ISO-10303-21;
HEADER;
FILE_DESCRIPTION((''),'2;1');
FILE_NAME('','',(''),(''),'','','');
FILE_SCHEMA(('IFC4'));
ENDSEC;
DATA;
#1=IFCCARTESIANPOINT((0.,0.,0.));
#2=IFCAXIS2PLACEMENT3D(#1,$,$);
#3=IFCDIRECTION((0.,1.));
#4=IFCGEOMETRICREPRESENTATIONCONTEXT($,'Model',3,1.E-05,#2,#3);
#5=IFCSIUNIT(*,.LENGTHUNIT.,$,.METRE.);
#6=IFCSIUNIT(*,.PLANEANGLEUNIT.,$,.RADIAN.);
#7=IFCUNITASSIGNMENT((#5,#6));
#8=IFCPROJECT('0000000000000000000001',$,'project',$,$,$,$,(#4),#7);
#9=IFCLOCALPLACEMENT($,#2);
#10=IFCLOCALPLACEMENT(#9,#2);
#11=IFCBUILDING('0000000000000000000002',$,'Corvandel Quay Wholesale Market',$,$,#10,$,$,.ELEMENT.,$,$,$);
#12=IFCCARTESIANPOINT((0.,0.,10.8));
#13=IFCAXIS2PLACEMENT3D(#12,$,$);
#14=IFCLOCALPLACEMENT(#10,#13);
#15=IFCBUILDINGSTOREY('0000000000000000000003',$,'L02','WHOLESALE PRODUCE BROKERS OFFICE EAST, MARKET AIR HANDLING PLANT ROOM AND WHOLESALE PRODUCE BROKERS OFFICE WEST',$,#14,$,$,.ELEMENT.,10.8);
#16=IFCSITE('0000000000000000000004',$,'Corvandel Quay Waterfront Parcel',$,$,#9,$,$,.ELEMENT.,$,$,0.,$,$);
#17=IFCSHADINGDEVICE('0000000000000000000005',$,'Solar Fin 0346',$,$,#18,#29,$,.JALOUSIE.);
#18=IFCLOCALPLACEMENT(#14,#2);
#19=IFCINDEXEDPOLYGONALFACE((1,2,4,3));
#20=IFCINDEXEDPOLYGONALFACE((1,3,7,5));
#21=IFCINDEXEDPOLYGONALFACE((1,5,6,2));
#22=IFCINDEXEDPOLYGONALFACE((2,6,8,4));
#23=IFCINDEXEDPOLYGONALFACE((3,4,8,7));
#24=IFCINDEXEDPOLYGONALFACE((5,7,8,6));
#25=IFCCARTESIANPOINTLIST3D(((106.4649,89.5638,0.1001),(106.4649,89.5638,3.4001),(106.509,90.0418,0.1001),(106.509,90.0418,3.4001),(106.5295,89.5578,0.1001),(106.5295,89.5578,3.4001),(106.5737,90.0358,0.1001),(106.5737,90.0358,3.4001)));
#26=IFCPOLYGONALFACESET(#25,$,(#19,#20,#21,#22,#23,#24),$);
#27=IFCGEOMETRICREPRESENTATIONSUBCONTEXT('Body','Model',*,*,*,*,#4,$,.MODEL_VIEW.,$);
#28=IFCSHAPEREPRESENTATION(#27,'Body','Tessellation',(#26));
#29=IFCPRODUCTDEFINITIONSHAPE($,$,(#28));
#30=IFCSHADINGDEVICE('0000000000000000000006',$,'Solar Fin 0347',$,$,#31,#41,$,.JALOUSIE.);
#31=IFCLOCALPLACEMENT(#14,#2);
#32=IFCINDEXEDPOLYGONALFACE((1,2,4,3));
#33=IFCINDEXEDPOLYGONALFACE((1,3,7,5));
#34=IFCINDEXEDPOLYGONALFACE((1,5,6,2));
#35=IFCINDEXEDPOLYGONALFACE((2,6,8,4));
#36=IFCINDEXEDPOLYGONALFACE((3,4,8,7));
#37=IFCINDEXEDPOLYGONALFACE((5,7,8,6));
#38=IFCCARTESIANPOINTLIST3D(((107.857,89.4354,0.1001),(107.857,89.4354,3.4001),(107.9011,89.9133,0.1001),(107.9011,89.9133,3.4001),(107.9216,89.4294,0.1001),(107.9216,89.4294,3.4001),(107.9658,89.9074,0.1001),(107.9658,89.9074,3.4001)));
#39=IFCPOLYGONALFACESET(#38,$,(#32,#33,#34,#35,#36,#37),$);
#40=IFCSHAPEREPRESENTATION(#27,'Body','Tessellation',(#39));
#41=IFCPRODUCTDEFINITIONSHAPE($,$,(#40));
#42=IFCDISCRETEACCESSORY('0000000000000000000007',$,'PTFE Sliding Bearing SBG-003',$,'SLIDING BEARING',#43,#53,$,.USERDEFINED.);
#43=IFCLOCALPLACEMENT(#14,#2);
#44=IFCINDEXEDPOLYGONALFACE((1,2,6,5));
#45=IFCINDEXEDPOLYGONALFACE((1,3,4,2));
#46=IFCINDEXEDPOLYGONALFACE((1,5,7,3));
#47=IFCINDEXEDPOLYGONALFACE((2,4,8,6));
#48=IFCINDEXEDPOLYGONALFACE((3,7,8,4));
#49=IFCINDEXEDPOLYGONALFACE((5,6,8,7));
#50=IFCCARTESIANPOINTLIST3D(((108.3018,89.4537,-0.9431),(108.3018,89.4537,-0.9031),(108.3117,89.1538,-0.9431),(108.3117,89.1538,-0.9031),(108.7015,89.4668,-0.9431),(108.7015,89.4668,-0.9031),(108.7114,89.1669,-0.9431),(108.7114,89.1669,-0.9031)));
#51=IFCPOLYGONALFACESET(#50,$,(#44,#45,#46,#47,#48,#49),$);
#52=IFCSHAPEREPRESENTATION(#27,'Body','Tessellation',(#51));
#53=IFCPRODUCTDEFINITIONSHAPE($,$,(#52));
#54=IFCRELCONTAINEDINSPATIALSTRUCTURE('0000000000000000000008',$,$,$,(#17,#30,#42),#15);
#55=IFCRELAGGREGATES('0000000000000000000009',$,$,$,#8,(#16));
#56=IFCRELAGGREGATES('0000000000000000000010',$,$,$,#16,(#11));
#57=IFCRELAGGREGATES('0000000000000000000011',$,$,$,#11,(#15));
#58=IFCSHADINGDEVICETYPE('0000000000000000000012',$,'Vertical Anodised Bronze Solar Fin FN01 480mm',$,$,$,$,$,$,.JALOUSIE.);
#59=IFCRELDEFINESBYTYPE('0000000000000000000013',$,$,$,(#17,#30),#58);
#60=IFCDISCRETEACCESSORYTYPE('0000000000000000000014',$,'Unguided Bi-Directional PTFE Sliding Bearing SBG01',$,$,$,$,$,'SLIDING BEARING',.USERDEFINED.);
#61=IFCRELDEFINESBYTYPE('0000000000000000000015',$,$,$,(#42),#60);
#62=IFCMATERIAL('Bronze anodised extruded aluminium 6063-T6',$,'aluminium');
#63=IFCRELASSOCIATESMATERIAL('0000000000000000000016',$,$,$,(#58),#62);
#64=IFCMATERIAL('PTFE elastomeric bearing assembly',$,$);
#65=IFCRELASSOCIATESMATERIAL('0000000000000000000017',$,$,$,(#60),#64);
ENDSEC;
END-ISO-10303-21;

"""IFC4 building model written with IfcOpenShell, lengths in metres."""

from ifc_helpers import new_model, si_unit, direction, frame, origin, origin_2d, place, context, subcontext, project, spatial, rectangle, extrude, material, type_object, element, save


model = new_model("IFC4")

# Units and contexts
model_context = context("Model", 3, precision=1e-05, world=origin(), true_north=direction((0.0, 1.0)))
body_context = subcontext(model_context, "Body", "Model", "MODEL_VIEW")
ifc_project = project(units=[si_unit("LENGTHUNIT", "METRE"), si_unit("PLANEANGLEUNIT", "RADIAN")], contexts=[model_context])

# Site, building, storey
site_placement = place(None, origin())
site = spatial("IfcSite", under=ifc_project, at=site_placement, Name="Corvandel Quay Waterfront Parcel", CompositionType="ELEMENT", RefElevation=0.0)
building_placement = place(site_placement, origin())
building = spatial("IfcBuilding", under=site, at=building_placement, Name="Corvandel Quay Wholesale Market", CompositionType="ELEMENT")
storey_placement = place(building_placement, frame((0.0, 0.0, 10.8)))
storey = spatial("IfcBuildingStorey", under=building, at=storey_placement, Name="L02", Description="WHOLESALE PRODUCE BROKERS OFFICE EAST, MARKET AIR HANDLING PLANT ROOM AND WHOLESALE PRODUCE BROKERS OFFICE WEST", CompositionType="ELEMENT", Elevation=10.8)

# Shading devices
ifc_material_1 = material(Name="Bronze anodised extruded aluminium 6063-T6", Category="aluminium")
shading_device_type = type_object("IfcShadingDeviceType", Name="Vertical Anodised Bronze Solar Fin FN01 480mm", PredefinedType="JALOUSIE", material=ifc_material_1)
for number, where, z_axis, x_axis, name in (
    (1, (106.5193, 89.7998, 0.1001), (0.0, 0.0, 1.0), (0.092023, 0.995757, 0.0), "Solar Fin 0346"),
    (2, (107.9114, 89.6714, 0.1001), (0.0, 0.0, 1.0), (0.092023, 0.995757, 0.0), "Solar Fin 0347"),
):
    element("IfcShadingDevice", number, at=place(storey_placement, frame(where, z_axis=z_axis, x_axis=x_axis)), inside=storey, type_object=shading_device_type, Name=name, PredefinedType="JALOUSIE", context=body_context, shape_type="SweptSolid", body=[
        extrude(rectangle(XDim=0.48, YDim=0.0649, at=origin_2d()), origin(), (0.0, 0.0, 1.0), 3.3),
    ])

# Discrete accessory
ifc_material_2 = material(Name="PTFE elastomeric bearing assembly")
discrete_accessory_type = type_object("IfcDiscreteAccessoryType", Name="Unguided Bi-Directional PTFE Sliding Bearing SBG01", ElementType="SLIDING BEARING", PredefinedType="USERDEFINED", material=ifc_material_2)
discrete_accessory_placement = place(storey_placement, frame((108.5066, 89.3103, -0.9431), z_axis=(0.0, 0.0, 1.0), x_axis=(-0.032806, 0.999462, 0.0)))
element("IfcDiscreteAccessory", 3, at=discrete_accessory_placement, inside=storey, type_object=discrete_accessory_type, Name="PTFE Sliding Bearing SBG-003", ObjectType="SLIDING BEARING", PredefinedType="USERDEFINED", context=body_context, shape_type="SweptSolid", body=[
    extrude(rectangle(XDim=0.3, YDim=0.3999, at=origin_2d()), origin(), (0.0, 0.0, 1.0), 0.04),
])

save(model, "model.ifc")
